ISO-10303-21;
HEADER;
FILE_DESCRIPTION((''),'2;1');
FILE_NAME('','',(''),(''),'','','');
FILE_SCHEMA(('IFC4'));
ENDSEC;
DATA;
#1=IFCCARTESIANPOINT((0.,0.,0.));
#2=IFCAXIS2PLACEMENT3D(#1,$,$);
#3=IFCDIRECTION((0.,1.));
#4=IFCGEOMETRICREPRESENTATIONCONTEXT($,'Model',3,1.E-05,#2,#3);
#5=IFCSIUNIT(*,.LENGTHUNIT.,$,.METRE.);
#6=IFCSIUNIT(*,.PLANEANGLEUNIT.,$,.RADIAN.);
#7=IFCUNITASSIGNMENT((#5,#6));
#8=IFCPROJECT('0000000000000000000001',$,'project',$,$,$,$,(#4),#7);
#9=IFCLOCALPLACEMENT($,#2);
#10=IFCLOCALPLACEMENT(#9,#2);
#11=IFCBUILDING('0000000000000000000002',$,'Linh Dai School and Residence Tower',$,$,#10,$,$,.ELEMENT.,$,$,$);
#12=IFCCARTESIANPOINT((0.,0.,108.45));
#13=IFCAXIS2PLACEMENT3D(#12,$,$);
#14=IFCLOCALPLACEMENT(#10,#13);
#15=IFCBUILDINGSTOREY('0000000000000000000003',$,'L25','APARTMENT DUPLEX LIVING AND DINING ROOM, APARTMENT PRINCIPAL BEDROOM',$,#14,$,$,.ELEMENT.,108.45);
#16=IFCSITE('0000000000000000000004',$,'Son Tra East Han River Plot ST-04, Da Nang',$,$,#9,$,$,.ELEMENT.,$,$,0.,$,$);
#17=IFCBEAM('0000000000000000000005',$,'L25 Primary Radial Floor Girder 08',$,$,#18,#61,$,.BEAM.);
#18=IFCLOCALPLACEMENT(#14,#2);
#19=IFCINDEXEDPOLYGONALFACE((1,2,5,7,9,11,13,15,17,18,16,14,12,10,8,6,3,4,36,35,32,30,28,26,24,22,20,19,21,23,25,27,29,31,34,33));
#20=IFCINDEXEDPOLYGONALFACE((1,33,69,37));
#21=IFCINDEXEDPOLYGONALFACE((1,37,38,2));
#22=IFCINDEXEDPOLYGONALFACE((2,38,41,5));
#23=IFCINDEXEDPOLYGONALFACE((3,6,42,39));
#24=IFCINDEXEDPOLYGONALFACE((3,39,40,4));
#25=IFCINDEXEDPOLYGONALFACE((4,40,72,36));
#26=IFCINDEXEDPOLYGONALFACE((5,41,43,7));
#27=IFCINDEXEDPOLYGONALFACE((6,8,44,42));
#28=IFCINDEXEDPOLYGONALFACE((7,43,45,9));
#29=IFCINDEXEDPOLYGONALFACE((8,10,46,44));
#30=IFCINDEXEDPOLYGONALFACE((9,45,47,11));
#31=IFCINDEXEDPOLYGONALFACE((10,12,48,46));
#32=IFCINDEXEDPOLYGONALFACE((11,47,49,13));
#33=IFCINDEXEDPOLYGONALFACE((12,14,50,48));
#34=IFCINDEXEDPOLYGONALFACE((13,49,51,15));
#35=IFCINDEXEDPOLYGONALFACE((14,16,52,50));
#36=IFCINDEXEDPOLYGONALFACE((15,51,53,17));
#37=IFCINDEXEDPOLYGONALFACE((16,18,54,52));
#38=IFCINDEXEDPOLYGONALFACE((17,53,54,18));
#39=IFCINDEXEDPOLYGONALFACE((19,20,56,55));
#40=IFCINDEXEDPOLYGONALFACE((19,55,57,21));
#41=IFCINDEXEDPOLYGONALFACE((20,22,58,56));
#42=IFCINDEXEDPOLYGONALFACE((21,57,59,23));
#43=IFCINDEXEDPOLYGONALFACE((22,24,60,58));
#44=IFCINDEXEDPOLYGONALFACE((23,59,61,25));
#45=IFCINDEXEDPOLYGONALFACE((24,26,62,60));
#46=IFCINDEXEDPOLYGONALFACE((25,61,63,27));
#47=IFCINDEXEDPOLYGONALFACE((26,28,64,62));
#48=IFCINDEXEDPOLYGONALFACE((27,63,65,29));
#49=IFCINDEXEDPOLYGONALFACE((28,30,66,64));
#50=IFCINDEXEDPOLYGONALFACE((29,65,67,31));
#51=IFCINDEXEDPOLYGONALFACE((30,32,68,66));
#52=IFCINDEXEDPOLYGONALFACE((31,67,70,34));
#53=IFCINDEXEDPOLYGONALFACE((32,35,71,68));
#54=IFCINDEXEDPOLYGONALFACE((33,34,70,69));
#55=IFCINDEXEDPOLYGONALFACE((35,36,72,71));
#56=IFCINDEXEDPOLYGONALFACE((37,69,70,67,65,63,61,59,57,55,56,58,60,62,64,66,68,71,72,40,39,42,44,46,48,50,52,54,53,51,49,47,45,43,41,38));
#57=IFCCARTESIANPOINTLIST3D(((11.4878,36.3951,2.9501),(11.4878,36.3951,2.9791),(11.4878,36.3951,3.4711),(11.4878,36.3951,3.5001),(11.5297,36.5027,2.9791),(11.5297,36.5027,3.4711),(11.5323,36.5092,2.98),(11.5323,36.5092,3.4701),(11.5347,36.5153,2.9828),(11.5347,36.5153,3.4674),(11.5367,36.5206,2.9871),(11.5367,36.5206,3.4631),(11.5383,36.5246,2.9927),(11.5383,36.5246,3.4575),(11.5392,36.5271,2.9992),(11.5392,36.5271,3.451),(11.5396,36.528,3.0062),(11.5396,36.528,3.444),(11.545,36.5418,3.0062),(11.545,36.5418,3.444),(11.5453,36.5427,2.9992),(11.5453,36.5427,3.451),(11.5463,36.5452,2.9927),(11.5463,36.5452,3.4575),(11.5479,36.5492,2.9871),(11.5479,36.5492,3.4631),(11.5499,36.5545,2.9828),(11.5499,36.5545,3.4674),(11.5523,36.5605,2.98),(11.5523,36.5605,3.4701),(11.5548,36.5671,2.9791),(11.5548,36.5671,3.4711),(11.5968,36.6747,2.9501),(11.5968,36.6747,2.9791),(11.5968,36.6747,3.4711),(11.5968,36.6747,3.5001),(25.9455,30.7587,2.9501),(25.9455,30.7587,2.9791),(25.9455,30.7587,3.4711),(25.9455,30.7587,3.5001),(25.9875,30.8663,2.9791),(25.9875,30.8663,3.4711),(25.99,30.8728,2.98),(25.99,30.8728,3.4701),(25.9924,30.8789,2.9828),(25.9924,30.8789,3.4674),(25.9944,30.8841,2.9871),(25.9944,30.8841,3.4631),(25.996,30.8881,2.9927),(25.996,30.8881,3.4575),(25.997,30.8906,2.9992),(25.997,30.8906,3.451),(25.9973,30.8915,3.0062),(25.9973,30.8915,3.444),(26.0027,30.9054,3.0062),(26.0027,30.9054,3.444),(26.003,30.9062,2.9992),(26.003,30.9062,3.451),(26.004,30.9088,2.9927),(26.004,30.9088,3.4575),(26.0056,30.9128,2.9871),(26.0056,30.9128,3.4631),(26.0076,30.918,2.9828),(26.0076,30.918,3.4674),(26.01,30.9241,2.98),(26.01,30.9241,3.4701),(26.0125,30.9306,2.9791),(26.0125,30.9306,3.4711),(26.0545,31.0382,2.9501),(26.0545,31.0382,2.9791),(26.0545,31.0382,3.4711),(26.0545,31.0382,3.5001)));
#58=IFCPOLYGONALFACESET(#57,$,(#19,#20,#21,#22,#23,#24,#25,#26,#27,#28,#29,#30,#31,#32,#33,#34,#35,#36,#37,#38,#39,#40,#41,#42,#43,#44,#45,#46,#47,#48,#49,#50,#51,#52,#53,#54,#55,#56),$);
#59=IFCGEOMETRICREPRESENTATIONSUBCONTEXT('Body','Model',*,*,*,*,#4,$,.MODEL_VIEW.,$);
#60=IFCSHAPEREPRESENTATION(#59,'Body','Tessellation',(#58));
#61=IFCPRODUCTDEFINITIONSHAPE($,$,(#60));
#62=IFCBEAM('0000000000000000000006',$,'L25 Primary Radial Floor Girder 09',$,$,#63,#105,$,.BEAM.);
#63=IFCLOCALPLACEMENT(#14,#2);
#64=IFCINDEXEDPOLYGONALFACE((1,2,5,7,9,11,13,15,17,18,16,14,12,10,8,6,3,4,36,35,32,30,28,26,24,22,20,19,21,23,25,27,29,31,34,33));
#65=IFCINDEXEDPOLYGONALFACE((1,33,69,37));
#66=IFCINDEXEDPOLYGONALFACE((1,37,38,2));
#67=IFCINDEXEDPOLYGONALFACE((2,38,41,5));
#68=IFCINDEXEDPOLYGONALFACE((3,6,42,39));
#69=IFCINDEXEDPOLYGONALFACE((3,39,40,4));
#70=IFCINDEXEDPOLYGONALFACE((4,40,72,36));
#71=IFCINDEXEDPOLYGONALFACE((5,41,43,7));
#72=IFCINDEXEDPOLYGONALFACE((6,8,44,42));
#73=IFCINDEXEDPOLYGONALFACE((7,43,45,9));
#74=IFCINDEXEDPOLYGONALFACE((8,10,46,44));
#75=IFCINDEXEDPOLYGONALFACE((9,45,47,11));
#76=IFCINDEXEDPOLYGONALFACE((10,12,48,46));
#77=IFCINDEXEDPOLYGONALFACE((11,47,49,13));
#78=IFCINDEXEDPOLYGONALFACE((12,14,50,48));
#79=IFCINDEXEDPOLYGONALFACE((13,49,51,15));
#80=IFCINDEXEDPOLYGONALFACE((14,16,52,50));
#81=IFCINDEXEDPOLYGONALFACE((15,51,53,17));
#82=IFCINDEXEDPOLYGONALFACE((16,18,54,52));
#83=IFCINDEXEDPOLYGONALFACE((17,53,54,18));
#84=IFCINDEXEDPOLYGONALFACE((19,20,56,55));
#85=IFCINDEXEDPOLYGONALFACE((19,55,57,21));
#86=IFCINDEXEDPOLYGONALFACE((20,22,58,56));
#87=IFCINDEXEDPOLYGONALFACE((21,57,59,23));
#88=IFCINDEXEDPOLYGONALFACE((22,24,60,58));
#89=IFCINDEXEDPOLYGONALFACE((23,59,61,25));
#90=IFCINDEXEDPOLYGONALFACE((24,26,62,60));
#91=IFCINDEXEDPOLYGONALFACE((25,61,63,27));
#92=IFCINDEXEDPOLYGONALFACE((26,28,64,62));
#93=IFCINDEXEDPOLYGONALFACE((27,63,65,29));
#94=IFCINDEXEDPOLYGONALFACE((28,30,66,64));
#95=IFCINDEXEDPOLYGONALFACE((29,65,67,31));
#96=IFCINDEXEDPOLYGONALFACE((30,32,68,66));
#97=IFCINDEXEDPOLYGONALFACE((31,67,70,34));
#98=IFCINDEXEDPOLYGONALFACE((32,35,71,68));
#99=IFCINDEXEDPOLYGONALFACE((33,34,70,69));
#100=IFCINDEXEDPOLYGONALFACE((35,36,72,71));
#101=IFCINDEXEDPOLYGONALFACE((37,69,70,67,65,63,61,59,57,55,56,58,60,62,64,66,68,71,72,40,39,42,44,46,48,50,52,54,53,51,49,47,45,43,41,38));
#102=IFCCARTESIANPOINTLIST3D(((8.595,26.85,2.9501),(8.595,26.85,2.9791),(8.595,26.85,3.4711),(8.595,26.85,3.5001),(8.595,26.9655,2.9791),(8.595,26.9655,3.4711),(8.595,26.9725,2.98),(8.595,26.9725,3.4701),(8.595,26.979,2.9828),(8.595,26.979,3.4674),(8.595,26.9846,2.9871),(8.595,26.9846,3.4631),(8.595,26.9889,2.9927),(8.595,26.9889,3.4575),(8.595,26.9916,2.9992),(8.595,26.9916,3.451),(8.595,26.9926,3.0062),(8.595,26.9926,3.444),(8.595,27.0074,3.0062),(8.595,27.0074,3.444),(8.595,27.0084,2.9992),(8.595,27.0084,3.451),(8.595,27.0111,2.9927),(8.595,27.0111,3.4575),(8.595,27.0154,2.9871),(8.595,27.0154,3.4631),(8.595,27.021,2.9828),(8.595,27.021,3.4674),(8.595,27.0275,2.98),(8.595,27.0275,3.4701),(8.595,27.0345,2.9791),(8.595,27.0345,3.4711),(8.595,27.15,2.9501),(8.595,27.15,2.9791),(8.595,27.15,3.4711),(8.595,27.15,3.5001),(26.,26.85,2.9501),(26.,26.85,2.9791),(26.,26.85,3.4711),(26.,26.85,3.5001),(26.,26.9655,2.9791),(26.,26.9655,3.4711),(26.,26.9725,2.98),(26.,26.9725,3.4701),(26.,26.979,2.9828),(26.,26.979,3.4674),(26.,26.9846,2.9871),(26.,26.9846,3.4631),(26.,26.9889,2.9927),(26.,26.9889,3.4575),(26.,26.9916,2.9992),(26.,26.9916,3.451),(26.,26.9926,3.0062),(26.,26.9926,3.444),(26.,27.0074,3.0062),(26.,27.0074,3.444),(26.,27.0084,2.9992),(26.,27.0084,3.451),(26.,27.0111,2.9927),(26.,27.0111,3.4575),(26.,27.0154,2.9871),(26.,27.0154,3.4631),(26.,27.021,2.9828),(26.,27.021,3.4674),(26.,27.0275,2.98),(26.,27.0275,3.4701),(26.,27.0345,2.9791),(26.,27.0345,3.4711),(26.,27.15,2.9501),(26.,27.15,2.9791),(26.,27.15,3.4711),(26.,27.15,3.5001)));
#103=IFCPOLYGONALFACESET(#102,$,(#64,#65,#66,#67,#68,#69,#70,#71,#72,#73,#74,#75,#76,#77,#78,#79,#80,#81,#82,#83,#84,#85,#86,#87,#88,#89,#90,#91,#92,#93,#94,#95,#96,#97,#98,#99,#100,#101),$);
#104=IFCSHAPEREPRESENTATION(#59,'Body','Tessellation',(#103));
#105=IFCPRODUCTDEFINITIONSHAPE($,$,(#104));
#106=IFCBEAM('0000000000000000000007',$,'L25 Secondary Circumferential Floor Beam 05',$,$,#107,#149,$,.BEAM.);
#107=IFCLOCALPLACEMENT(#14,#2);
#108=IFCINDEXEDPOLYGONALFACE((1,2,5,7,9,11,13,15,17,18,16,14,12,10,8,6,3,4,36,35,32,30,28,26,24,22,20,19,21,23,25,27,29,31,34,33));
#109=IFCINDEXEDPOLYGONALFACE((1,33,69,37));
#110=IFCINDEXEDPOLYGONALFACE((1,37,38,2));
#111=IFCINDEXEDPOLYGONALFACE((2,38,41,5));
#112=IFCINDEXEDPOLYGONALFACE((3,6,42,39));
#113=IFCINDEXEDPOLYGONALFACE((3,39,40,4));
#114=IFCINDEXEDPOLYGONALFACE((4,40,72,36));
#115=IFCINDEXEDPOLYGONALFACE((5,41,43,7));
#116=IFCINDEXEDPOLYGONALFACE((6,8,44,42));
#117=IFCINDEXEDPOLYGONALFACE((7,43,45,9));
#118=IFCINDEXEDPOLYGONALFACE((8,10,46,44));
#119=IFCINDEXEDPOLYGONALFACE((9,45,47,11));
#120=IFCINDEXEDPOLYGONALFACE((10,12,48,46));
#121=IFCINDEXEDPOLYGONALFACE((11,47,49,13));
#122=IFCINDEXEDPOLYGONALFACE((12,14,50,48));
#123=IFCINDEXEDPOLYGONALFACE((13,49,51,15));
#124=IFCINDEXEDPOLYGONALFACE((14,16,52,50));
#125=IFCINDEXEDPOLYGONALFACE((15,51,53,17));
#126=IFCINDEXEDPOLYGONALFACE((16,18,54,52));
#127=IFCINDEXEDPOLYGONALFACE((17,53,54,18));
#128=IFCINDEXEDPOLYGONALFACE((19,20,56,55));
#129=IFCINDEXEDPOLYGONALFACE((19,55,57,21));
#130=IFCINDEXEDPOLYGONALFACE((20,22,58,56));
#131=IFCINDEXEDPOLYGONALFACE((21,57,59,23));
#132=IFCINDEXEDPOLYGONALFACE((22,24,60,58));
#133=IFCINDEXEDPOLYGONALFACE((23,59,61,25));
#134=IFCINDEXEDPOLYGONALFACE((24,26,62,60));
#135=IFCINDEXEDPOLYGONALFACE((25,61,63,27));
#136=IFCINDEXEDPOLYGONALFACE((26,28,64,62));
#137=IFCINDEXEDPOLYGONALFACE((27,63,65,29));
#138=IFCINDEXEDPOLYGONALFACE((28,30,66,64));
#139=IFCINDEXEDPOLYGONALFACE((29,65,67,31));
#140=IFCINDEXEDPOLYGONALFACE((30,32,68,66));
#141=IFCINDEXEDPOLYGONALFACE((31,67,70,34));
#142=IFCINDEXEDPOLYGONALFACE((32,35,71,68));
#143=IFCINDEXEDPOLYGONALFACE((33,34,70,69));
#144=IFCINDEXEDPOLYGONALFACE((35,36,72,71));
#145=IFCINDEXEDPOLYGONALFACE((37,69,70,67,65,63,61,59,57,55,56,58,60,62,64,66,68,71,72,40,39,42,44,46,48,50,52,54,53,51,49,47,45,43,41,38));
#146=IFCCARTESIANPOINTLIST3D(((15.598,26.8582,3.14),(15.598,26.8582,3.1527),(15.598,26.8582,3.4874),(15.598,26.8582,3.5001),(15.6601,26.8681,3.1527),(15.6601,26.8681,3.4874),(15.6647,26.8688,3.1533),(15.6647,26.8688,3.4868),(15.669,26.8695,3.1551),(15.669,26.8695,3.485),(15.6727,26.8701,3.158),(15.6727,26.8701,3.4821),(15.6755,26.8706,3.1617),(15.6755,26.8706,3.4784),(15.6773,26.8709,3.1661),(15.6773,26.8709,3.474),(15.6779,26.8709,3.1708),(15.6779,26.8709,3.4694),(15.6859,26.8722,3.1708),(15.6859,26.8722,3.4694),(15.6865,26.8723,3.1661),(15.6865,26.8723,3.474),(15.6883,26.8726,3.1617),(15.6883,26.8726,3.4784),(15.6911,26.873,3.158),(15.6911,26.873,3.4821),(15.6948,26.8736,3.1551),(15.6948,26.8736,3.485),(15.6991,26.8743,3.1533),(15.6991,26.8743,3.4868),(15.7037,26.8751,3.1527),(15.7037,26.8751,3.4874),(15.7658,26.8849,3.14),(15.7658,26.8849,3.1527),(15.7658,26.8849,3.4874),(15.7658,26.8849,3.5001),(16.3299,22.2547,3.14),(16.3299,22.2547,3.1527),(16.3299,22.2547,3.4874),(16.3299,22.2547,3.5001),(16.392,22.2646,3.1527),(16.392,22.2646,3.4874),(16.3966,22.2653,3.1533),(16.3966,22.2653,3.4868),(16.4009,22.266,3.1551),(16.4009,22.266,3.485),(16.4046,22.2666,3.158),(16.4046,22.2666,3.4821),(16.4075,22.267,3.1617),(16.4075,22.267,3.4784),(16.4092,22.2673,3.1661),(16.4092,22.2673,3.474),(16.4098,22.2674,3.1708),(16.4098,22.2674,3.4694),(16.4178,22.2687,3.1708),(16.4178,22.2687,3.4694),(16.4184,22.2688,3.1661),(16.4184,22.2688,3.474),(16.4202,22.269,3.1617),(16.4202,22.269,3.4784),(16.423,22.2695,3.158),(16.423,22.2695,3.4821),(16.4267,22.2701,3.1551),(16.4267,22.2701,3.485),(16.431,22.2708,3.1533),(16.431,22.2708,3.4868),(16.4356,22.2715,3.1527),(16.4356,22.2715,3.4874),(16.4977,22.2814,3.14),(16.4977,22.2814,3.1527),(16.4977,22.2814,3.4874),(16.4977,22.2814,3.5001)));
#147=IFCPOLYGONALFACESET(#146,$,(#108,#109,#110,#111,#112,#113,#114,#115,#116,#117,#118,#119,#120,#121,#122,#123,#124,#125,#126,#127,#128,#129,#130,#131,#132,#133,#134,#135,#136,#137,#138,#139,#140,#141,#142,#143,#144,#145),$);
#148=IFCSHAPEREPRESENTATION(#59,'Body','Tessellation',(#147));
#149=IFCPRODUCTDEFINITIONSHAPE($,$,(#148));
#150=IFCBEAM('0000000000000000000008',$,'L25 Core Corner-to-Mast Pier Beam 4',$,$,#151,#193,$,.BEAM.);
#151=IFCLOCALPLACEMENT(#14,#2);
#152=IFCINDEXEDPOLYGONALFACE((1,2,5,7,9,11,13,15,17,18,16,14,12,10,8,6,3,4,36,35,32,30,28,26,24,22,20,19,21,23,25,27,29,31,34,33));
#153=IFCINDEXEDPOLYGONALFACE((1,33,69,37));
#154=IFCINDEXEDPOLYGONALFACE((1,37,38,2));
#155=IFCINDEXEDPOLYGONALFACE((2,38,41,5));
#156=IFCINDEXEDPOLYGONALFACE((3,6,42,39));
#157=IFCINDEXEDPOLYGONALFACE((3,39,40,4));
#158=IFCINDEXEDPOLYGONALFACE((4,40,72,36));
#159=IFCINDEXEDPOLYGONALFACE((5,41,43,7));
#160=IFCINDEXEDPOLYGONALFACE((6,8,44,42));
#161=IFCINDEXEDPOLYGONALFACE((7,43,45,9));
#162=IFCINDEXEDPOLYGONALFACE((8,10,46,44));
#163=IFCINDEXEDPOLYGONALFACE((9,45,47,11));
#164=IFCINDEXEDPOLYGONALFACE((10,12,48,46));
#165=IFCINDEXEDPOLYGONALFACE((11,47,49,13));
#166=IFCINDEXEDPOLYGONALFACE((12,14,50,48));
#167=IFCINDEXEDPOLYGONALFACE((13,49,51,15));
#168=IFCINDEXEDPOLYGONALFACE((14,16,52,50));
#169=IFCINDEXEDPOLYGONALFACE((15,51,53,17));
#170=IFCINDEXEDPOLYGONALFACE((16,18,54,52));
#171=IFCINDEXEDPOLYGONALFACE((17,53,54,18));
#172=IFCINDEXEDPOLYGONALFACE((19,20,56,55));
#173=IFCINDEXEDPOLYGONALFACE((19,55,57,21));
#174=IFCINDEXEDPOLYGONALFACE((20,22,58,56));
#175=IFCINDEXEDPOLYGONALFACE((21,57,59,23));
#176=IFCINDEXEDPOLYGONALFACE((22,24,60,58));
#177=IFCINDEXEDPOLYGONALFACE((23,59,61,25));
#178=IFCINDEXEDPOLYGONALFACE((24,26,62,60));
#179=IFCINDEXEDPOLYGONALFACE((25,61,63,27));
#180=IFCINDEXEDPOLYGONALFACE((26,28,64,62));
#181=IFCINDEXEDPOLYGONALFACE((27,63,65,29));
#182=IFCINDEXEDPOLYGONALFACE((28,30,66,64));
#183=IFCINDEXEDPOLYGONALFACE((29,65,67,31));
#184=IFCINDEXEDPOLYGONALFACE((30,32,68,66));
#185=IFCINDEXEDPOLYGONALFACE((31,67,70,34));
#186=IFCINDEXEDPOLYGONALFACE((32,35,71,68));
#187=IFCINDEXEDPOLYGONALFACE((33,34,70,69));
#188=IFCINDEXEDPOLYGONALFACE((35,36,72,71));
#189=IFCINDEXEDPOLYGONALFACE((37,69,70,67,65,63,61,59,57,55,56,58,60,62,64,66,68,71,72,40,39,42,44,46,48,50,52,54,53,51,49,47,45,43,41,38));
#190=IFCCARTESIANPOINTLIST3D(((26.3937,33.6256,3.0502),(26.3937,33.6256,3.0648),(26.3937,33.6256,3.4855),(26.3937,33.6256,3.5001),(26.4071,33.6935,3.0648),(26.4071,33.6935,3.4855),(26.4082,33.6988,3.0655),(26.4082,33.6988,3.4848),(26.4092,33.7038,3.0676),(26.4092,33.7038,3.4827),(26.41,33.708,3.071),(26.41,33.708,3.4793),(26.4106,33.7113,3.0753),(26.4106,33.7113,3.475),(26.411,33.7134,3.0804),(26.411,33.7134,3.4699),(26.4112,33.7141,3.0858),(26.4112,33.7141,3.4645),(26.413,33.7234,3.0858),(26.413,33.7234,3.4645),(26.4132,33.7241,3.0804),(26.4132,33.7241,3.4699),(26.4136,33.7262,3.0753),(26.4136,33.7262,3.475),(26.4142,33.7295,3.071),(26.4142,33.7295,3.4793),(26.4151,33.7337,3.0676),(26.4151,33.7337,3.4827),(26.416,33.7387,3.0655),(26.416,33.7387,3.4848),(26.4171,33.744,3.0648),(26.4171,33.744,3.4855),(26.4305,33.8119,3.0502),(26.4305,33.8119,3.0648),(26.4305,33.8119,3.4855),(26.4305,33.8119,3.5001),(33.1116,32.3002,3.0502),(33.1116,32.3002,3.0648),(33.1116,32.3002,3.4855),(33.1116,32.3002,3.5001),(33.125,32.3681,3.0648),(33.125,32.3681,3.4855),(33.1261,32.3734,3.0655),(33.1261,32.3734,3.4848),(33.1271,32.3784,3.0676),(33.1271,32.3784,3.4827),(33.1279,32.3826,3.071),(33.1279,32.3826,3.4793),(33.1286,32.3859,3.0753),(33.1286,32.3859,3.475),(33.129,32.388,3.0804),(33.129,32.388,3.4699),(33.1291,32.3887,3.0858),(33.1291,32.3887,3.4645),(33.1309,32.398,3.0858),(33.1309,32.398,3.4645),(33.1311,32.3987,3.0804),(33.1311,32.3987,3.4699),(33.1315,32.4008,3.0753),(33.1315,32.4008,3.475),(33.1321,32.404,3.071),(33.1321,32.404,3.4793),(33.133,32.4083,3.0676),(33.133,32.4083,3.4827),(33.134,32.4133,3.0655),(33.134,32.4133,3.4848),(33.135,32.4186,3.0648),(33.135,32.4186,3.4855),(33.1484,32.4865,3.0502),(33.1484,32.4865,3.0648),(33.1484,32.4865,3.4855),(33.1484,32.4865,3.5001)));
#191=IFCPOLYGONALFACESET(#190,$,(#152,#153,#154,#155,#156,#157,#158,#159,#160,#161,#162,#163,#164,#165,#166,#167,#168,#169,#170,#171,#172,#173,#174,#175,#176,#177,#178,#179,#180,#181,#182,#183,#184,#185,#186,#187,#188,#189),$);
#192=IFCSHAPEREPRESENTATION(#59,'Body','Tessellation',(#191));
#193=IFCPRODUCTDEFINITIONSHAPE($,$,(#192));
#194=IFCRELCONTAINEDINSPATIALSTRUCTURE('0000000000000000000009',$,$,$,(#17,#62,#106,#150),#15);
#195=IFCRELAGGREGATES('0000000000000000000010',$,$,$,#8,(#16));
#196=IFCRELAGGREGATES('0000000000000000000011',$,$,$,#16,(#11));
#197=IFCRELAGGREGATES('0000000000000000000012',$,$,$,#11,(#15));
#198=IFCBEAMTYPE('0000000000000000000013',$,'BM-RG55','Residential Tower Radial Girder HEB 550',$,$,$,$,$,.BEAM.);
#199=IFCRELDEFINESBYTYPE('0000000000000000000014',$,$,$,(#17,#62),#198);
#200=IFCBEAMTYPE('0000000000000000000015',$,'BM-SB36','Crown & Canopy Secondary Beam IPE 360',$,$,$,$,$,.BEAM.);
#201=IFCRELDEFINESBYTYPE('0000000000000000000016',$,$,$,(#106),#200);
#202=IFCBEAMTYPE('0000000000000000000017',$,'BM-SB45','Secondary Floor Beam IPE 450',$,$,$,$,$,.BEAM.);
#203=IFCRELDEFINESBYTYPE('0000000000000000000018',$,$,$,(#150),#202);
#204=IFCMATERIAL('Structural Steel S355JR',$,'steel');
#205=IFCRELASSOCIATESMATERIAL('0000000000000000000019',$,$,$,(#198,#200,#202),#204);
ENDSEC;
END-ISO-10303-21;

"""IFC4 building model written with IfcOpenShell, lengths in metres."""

from ifc_helpers import new_model, si_unit, direction, frame, origin, origin_2d, place, context, subcontext, project, spatial, i_section, extrude, material, material_profile, profile_set, type_object, element, save


model = new_model("IFC4")

# Units and contexts
model_context = context("Model", 3, precision=1e-05, world=origin(), true_north=direction((0.0, 1.0)))
body_context = subcontext(model_context, "Body", "Model", "MODEL_VIEW")
ifc_project = project(units=[si_unit("LENGTHUNIT", "METRE"), si_unit("PLANEANGLEUNIT", "RADIAN")], contexts=[model_context])

# Site, building, storey
site_placement = place(None, origin())
site = spatial("IfcSite", under=ifc_project, at=site_placement, Name="Son Tra East Han River Plot ST-04, Da Nang", CompositionType="ELEMENT", RefElevation=0.0)
building_placement = place(site_placement, origin())
building = spatial("IfcBuilding", under=site, at=building_placement, Name="Linh Dai School and Residence Tower", CompositionType="ELEMENT")
storey_placement = place(building_placement, frame((0.0, 0.0, 108.45)))
storey = spatial("IfcBuildingStorey", under=building, at=storey_placement, Name="L25", Description="APARTMENT DUPLEX LIVING AND DINING ROOM, APARTMENT PRINCIPAL BEDROOM", CompositionType="ELEMENT", Elevation=108.45)

# Shared definitions
ifc_material_1 = material(Name="Structural Steel S355JR", Category="steel")

# Beams
ifc_material_profile_1 = material_profile(ifc_material_1, i_section(OverallWidth=0.3, OverallDepth=0.55, WebThickness=0.0149, FlangeThickness=0.0291, FilletRadius=0.0271, at=origin_2d()), Name="HEB 550")
ifc_profile_set_1 = profile_set([ifc_material_profile_1], Name="Structural Steel S355JR")
beam_type_1 = type_object("IfcBeamType", Name="BM-RG55", Description="Residential Tower Radial Girder HEB 550", PredefinedType="BEAM", material=ifc_profile_set_1)
beam_1_placement = place(storey_placement, frame((26.0, 30.8984, 3.2251), z_axis=(-0.931699, 0.36323, 0.0), x_axis=(-0.36323, -0.931699, 0.0)))
element("IfcBeam", 1, at=beam_1_placement, inside=storey, type_object=beam_type_1, Name="L25 Primary Radial Floor Girder 08", PredefinedType="BEAM", context=body_context, shape_type="SweptSolid", body=[
    extrude(i_section(OverallWidth=0.3, OverallDepth=0.55, WebThickness=0.0149, FlangeThickness=0.0291, FilletRadius=0.0271, at=origin_2d()), origin(), (0.0, 0.0, 1.0), 15.5176),
])
beam_2_placement = place(storey_placement, frame((26.0, 27.0, 3.2251), z_axis=(-1.0, 0.0, 0.0), x_axis=(0.0, -1.0, 0.0)))
element("IfcBeam", 2, at=beam_2_placement, inside=storey, type_object=beam_type_1, Name="L25 Primary Radial Floor Girder 09", PredefinedType="BEAM", context=body_context, shape_type="SweptSolid", body=[
    extrude(i_section(OverallWidth=0.3, OverallDepth=0.55, WebThickness=0.0149, FlangeThickness=0.0291, FilletRadius=0.0271, at=origin_2d()), origin(), (0.0, 0.0, 1.0), 17.405),
])
ifc_material_profile_2 = material_profile(ifc_material_1, i_section(OverallWidth=0.1699, OverallDepth=0.3601, WebThickness=0.0081, FlangeThickness=0.0127, FilletRadius=0.0181, at=origin_2d()), Name="IPE 360")
ifc_profile_set_2 = profile_set([ifc_material_profile_2], Name="Structural Steel S355JR")
beam_type_2 = type_object("IfcBeamType", Name="BM-SB36", Description="Crown & Canopy Secondary Beam IPE 360", PredefinedType="BEAM", material=ifc_profile_set_2)
beam_3_placement = place(storey_placement, frame((15.6819, 26.8716, 3.3201), z_axis=(0.157022, -0.987595, 0.0), x_axis=(0.987595, 0.157022, 0.0)))
element("IfcBeam", 3, at=beam_3_placement, inside=storey, type_object=beam_type_2, Name="L25 Secondary Circumferential Floor Beam 05", PredefinedType="BEAM", context=body_context, shape_type="SweptSolid", body=[
    extrude(i_section(OverallWidth=0.1699, OverallDepth=0.3601, WebThickness=0.0081, FlangeThickness=0.0127, FilletRadius=0.0181, at=origin_2d()), origin(), (0.0, 0.0, 1.0), 4.6614),
])
ifc_material_profile_3 = material_profile(ifc_material_1, i_section(OverallWidth=0.1899, OverallDepth=0.45, WebThickness=0.0095, FlangeThickness=0.0146, FilletRadius=0.021, at=origin_2d()), Name="IPE 450")
ifc_profile_set_3 = profile_set([ifc_material_profile_3], Name="Structural Steel S355JR")
beam_type_3 = type_object("IfcBeamType", Name="BM-SB45", Description="Secondary Floor Beam IPE 450", PredefinedType="BEAM", material=ifc_profile_set_3)
beam_4_placement = place(storey_placement, frame((26.4121, 33.7188, 3.2751), z_axis=(0.981087, -0.193565, 0.0), x_axis=(0.193565, 0.981087, 0.0)))
element("IfcBeam", 4, at=beam_4_placement, inside=storey, type_object=beam_type_3, Name="L25 Core Corner-to-Mast Pier Beam 4", PredefinedType="BEAM", context=body_context, shape_type="SweptSolid", body=[
    extrude(i_section(OverallWidth=0.1899, OverallDepth=0.45, WebThickness=0.0095, FlangeThickness=0.0146, FilletRadius=0.021, at=origin_2d()), origin(), (0.0, 0.0, 1.0), 6.8474),
])

save(model, "model.ifc")
